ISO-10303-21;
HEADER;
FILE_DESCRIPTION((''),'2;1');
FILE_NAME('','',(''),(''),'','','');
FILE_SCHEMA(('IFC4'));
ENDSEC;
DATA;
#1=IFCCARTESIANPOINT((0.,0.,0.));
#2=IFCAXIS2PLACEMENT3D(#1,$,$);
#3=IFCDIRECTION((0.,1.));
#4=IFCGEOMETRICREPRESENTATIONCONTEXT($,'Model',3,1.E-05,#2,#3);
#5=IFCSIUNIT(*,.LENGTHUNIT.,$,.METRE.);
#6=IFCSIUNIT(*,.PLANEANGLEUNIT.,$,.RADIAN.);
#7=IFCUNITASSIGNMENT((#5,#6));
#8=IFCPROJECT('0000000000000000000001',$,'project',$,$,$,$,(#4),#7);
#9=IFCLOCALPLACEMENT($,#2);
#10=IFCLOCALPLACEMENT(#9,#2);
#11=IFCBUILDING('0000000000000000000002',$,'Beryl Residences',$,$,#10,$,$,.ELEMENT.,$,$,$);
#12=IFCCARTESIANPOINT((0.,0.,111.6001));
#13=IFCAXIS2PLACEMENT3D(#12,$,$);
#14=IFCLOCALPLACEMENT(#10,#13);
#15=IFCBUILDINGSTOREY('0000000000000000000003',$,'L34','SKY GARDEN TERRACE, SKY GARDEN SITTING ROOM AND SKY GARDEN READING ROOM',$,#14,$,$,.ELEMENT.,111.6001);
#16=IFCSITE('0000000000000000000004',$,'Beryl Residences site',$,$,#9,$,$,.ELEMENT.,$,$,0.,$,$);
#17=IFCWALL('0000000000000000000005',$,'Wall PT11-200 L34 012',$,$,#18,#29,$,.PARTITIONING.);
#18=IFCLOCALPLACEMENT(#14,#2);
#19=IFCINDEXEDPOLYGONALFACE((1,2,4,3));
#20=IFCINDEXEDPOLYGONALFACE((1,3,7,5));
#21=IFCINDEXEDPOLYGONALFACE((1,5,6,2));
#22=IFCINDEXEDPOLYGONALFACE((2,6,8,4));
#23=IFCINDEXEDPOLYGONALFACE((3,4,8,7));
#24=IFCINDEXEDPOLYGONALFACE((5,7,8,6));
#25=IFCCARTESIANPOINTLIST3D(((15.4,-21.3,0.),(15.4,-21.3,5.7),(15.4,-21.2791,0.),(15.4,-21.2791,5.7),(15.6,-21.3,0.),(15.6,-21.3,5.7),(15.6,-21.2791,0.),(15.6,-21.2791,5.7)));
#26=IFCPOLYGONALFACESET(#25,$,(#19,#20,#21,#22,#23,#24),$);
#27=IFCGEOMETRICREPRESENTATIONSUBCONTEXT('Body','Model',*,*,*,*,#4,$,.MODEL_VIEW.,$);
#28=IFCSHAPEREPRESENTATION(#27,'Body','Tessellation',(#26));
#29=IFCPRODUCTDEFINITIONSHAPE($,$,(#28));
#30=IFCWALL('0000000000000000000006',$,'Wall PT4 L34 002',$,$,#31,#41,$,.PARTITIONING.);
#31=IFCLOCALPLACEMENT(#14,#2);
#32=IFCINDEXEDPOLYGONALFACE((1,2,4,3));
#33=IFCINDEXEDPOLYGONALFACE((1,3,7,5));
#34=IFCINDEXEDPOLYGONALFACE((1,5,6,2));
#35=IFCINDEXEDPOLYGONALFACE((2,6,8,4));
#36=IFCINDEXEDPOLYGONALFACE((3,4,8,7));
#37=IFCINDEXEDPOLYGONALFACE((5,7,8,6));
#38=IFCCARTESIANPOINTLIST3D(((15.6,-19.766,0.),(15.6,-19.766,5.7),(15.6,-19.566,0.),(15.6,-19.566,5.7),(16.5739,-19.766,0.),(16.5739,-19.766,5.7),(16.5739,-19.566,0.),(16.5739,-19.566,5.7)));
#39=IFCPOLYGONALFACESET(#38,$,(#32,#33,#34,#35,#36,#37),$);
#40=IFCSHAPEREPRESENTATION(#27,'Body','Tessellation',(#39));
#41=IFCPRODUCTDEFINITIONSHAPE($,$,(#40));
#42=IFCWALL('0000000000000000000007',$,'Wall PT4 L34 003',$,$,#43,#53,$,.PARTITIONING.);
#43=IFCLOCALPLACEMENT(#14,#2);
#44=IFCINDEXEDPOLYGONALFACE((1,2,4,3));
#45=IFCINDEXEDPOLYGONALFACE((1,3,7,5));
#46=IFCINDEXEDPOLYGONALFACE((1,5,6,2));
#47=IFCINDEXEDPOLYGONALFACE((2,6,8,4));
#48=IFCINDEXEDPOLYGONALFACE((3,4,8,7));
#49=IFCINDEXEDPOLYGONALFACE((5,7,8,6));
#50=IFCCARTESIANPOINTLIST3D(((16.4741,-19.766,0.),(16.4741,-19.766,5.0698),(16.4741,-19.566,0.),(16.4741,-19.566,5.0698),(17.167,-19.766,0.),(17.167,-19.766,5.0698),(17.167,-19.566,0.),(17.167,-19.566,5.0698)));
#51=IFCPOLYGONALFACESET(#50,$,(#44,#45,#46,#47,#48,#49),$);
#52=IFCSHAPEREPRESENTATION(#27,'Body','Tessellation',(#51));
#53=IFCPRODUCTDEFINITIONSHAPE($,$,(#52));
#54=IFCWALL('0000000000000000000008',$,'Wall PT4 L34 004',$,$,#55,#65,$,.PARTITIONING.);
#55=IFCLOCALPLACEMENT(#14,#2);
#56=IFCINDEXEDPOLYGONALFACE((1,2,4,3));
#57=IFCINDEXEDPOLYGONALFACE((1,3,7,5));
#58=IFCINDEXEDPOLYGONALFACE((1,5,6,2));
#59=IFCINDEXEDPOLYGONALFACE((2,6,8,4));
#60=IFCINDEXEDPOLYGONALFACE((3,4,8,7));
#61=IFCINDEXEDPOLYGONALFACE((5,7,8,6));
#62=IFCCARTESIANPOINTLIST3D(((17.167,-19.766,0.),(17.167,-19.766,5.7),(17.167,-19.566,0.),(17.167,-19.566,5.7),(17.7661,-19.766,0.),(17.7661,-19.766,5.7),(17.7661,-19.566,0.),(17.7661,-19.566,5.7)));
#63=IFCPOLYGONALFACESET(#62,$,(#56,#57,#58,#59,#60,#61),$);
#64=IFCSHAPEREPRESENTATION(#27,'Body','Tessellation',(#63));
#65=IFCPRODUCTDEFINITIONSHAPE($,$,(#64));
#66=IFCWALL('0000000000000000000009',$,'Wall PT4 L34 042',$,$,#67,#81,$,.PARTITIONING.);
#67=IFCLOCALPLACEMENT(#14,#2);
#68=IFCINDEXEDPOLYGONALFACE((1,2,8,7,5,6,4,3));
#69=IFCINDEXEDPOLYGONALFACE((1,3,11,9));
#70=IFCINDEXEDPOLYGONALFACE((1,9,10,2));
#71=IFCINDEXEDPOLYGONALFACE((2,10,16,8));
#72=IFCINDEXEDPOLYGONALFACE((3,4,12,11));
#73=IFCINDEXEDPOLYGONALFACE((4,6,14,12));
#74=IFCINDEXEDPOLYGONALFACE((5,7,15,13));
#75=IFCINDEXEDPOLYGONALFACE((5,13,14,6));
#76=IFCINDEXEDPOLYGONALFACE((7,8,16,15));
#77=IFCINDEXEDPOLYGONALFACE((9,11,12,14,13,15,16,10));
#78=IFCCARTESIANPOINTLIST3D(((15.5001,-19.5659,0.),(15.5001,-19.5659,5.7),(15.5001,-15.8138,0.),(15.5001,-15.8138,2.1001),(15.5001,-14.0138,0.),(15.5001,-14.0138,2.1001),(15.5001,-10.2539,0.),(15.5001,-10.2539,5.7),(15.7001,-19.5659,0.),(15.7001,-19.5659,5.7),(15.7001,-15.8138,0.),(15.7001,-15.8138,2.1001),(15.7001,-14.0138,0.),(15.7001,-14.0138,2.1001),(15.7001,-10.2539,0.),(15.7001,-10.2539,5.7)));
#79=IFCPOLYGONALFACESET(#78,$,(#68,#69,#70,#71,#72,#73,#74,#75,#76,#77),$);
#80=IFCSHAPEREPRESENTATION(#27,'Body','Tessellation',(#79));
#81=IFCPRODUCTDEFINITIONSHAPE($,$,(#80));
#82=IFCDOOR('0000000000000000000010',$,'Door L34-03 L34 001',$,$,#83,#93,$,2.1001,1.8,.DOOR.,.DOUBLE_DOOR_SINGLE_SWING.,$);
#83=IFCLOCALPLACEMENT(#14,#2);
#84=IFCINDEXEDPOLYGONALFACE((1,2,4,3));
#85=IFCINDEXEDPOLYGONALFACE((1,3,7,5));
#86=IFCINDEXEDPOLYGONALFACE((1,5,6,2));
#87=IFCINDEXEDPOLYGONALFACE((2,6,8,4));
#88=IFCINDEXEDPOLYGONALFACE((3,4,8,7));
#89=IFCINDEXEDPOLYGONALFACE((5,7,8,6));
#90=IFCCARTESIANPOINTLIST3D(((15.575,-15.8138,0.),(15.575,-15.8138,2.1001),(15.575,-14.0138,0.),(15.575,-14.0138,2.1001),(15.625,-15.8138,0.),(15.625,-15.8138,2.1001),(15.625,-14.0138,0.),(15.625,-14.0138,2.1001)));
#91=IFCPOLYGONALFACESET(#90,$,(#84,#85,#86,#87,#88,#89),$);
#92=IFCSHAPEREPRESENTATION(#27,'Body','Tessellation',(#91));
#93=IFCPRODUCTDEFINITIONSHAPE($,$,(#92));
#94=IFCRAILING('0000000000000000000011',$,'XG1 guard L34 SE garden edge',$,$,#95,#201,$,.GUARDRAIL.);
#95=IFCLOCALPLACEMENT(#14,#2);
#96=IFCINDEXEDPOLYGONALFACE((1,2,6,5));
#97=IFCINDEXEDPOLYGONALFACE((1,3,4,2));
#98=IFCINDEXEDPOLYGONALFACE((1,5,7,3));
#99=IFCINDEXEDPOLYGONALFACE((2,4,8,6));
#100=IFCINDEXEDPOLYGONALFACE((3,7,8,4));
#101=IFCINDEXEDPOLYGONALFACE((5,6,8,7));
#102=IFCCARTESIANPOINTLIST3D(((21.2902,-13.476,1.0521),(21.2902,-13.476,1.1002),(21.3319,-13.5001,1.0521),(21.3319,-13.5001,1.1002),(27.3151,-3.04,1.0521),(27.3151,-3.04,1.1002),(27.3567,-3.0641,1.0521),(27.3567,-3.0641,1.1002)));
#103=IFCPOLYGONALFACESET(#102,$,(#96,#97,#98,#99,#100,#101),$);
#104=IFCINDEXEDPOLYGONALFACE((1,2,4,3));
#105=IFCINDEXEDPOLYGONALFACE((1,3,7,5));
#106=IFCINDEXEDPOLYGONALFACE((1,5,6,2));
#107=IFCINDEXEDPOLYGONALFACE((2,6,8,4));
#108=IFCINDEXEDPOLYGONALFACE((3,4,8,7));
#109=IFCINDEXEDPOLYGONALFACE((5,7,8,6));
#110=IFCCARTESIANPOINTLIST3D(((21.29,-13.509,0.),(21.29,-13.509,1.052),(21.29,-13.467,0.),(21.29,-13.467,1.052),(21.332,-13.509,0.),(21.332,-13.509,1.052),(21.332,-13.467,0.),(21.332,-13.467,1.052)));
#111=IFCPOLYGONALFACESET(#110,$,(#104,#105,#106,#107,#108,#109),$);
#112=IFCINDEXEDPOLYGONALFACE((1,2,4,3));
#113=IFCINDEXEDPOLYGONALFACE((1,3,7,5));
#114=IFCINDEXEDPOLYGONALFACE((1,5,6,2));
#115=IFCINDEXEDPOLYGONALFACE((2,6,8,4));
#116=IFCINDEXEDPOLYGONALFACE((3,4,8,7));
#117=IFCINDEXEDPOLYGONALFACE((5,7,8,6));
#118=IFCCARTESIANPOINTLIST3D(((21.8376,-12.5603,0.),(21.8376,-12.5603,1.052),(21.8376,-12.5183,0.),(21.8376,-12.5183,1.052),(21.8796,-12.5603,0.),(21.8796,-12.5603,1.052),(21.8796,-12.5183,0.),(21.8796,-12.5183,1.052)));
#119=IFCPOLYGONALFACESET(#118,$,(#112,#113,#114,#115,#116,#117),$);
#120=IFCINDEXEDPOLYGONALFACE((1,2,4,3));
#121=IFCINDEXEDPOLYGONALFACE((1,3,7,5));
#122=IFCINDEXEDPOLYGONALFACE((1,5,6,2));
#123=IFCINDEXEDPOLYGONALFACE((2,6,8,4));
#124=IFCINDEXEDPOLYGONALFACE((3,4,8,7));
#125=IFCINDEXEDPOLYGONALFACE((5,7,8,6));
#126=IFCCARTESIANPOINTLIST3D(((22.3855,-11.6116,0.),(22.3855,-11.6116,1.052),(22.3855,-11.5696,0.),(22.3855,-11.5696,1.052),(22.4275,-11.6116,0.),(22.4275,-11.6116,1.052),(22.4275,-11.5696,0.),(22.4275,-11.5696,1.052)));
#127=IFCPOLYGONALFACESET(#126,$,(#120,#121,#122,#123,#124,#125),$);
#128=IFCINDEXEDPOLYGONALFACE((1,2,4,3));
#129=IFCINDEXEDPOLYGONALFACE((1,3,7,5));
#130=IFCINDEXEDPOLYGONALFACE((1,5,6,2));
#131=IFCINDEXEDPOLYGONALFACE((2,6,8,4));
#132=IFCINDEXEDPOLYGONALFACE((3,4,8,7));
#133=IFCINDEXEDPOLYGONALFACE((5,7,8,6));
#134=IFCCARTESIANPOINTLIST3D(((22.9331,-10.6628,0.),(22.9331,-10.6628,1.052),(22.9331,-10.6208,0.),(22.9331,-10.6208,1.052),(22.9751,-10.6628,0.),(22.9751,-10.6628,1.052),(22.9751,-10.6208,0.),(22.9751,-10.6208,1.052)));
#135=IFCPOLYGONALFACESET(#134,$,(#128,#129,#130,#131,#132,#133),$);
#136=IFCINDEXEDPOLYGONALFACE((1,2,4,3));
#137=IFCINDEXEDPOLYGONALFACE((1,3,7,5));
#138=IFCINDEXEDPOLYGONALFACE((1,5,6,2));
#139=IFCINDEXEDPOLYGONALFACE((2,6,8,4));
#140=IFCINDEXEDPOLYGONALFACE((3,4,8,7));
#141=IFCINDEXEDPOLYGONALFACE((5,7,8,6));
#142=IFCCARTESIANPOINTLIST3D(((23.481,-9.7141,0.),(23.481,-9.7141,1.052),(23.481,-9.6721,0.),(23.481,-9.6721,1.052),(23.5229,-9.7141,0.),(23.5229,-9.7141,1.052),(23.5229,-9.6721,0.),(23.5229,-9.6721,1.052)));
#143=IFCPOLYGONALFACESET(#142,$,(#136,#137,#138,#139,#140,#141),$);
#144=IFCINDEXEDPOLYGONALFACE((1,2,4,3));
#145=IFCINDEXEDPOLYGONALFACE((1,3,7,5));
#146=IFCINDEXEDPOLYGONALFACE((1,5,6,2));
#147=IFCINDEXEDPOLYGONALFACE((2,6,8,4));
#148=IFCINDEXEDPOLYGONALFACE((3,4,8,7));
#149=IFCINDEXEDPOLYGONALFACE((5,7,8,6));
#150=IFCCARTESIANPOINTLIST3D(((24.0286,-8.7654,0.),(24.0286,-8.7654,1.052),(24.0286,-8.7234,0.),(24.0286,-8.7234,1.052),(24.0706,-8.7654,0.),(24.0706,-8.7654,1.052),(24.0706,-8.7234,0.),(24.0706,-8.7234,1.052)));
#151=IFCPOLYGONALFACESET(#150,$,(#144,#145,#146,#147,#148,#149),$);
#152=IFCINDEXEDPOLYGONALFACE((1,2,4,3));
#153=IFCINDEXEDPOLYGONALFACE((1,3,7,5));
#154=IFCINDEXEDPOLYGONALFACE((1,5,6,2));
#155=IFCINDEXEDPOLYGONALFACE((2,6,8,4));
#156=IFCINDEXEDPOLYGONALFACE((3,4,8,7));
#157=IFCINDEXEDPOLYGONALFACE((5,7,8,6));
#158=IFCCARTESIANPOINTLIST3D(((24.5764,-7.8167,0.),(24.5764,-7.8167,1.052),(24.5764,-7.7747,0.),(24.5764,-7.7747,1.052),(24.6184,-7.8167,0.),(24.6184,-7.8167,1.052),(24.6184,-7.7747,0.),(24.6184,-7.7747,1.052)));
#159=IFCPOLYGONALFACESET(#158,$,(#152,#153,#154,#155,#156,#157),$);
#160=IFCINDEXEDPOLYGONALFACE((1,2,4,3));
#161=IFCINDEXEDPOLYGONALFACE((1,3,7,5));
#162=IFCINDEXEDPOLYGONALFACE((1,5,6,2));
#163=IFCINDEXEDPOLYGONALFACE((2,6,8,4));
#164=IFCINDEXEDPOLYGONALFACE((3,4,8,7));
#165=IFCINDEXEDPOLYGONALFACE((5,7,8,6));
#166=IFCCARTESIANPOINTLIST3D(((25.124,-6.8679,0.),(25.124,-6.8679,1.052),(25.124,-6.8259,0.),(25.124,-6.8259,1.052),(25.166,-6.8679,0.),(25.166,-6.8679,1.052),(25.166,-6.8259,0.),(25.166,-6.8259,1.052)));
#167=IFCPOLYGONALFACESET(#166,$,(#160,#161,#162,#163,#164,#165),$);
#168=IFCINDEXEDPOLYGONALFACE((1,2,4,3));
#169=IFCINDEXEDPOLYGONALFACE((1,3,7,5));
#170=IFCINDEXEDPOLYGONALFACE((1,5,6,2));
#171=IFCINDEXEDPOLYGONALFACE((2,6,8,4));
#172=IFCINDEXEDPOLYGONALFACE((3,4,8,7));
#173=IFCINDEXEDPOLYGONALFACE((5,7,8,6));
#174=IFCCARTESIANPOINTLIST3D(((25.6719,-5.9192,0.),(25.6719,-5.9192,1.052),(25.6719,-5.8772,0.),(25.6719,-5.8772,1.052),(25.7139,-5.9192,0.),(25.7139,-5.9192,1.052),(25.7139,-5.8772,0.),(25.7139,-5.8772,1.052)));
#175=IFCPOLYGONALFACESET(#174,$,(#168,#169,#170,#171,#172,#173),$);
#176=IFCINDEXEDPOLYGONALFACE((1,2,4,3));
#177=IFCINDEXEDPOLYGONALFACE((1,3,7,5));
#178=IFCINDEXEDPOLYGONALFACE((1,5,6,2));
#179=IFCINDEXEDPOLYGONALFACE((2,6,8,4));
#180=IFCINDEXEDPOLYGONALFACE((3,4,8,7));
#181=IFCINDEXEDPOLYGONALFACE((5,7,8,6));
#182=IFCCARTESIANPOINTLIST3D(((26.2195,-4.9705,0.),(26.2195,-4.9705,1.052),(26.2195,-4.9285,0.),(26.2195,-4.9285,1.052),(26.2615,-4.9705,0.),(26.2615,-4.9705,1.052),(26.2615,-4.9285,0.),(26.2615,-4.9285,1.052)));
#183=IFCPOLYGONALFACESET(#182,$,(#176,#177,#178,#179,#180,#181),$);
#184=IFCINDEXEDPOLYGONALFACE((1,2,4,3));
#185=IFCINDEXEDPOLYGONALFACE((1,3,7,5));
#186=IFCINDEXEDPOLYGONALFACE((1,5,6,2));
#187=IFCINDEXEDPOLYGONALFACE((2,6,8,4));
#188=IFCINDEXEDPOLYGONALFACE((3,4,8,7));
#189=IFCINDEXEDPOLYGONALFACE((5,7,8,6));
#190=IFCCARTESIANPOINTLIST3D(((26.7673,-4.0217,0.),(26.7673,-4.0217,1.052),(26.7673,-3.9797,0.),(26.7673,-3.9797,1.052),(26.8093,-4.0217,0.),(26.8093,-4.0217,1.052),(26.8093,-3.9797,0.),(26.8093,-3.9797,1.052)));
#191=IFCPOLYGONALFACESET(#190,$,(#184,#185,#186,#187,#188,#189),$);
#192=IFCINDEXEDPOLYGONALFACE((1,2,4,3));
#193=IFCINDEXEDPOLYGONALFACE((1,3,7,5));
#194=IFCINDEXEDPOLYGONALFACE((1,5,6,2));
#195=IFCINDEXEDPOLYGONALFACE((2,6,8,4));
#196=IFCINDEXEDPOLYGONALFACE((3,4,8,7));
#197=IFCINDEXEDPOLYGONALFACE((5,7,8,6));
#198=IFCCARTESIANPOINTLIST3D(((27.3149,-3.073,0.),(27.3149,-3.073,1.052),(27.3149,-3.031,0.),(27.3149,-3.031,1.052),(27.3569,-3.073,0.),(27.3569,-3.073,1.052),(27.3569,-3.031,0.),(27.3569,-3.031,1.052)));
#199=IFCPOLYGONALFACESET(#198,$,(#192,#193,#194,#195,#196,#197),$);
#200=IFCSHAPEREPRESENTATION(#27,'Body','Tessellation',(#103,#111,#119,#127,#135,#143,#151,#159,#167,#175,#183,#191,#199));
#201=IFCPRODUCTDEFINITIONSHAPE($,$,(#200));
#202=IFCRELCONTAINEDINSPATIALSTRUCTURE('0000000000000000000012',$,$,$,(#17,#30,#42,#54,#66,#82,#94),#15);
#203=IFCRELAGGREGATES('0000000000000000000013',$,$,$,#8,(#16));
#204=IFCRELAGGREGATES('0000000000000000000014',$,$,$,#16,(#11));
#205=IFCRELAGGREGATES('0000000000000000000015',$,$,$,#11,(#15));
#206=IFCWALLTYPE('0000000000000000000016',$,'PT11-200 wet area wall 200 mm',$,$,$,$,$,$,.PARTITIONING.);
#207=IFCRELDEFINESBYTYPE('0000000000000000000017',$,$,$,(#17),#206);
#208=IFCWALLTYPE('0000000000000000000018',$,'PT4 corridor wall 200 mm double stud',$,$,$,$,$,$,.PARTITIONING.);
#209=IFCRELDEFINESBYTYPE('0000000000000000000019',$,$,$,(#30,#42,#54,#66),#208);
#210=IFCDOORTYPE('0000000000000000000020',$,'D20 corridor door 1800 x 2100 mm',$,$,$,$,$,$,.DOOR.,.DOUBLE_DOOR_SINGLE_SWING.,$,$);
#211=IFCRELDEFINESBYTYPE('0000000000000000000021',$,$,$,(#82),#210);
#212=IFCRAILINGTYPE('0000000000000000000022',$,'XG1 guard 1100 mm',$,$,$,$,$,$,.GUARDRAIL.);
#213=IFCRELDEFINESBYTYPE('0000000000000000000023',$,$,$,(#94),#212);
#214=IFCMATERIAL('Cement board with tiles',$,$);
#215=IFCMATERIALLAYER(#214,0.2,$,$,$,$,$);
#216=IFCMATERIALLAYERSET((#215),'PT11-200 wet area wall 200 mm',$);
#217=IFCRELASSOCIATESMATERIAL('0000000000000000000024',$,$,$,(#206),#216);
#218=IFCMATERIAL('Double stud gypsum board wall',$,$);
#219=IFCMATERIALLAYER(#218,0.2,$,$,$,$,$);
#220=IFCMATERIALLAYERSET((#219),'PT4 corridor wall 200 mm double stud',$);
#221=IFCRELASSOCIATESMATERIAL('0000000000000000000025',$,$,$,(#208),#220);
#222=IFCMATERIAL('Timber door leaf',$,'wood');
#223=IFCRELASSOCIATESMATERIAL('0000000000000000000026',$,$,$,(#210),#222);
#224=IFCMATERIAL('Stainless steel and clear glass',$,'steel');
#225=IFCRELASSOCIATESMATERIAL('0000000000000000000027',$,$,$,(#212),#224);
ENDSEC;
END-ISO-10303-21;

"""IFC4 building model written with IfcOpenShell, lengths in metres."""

from ifc_helpers import new_model, si_unit, direction, frame, frame_2d, origin, origin_2d, place, context, subcontext, project, spatial, rectangle, extrude, material, layer, layer_set, type_object, element, fill, save


model = new_model("IFC4")

# Units and contexts
model_context = context("Model", 3, precision=1e-05, world=origin(), true_north=direction((0.0, 1.0)))
body_context = subcontext(model_context, "Body", "Model", "MODEL_VIEW")
ifc_project = project(units=[si_unit("LENGTHUNIT", "METRE"), si_unit("PLANEANGLEUNIT", "RADIAN")], contexts=[model_context])

# Site, building, storey
site_placement = place(None, origin())
site = spatial("IfcSite", under=ifc_project, at=site_placement, Name="Beryl Residences site", CompositionType="ELEMENT", RefElevation=0.0)
building_placement = place(site_placement, origin())
building = spatial("IfcBuilding", under=site, at=building_placement, Name="Beryl Residences", CompositionType="ELEMENT")
storey_placement = place(building_placement, frame((0.0, 0.0, 111.6001)))
storey = spatial("IfcBuildingStorey", under=building, at=storey_placement, Name="L34", Description="SKY GARDEN TERRACE, SKY GARDEN SITTING ROOM AND SKY GARDEN READING ROOM", CompositionType="ELEMENT", Elevation=111.6001)

# Walls
ifc_material_1 = material(Name="Cement board with tiles")
ifc_layer_1 = layer(ifc_material_1, 0.2)
ifc_layer_set_1 = layer_set([ifc_layer_1], Name="PT11-200 wet area wall 200 mm")
wall_type_1 = type_object("IfcWallType", Name="PT11-200 wet area wall 200 mm", PredefinedType="PARTITIONING", material=ifc_layer_set_1)
wall_1_placement = place(storey_placement, frame((15.5, -21.2791, 0.0), z_axis=(0.0, 0.0, 1.0), x_axis=(0.0, -1.0, 0.0)))
element("IfcWall", 1, at=wall_1_placement, inside=storey, type_object=wall_type_1, Name="Wall PT11-200 L34 012", PredefinedType="PARTITIONING", context=body_context, shape_type="SweptSolid", body=[
    extrude(rectangle(XDim=0.021, YDim=0.2, at=frame_2d((0.0105, 0.0))), origin(), (0.0, 0.0, 1.0), 5.7),
])
ifc_material_2 = material(Name="Double stud gypsum board wall")
ifc_layer_2 = layer(ifc_material_2, 0.2)
ifc_layer_set_2 = layer_set([ifc_layer_2], Name="PT4 corridor wall 200 mm double stud")
wall_type_2 = type_object("IfcWallType", Name="PT4 corridor wall 200 mm double stud", PredefinedType="PARTITIONING", material=ifc_layer_set_2)
wall_2_placement = place(storey_placement, frame((15.6001, -19.666, 0.0), z_axis=(0.0, 0.0, 1.0), x_axis=(1.0, 0.0, 0.0)))
element("IfcWall", 2, at=wall_2_placement, inside=storey, type_object=wall_type_2, Name="Wall PT4 L34 002", PredefinedType="PARTITIONING", context=body_context, shape_type="SweptSolid", body=[
    extrude(rectangle(XDim=0.9739, YDim=0.2, at=frame_2d((0.4868, 0.0))), origin(), (0.0, 0.0, 1.0), 5.7),
])
wall_3_placement = place(storey_placement, frame((16.4741, -19.666, 0.0), z_axis=(0.0, 0.0, 1.0), x_axis=(1.0, 0.0, 0.0)))
element("IfcWall", 3, at=wall_3_placement, inside=storey, type_object=wall_type_2, Name="Wall PT4 L34 003", PredefinedType="PARTITIONING", context=body_context, shape_type="SweptSolid", body=[
    extrude(rectangle(XDim=0.6929, YDim=0.2, at=frame_2d((0.3464, 0.0))), origin(), (0.0, 0.0, 1.0), 5.0698),
])
wall_4_placement = place(storey_placement, frame((17.167, -19.666, 0.0), z_axis=(0.0, 0.0, 1.0), x_axis=(1.0, 0.0, 0.0)))
element("IfcWall", 4, at=wall_4_placement, inside=storey, type_object=wall_type_2, Name="Wall PT4 L34 004", PredefinedType="PARTITIONING", context=body_context, shape_type="SweptSolid", body=[
    extrude(rectangle(XDim=0.5991, YDim=0.2, at=frame_2d((0.2996, 0.0))), origin(), (0.0, 0.0, 1.0), 5.7),
])

# Wall, opening, door
wall_5_placement = place(storey_placement, frame((15.6001, -19.5659, 0.0), z_axis=(0.0, 0.0, 1.0), x_axis=(0.0, 1.0, 0.0)))
wall_5 = element("IfcWall", 5, at=wall_5_placement, inside=storey, type_object=wall_type_2, Name="Wall PT4 L34 042", PredefinedType="PARTITIONING", context=body_context, shape_type="SweptSolid", body=[
    extrude(rectangle(XDim=9.312, YDim=0.2, at=frame_2d((4.656, 0.0))), origin(), (0.0, 0.0, 1.0), 5.7),
])
opening_placement = place(wall_5_placement, frame((5.552, 0.0, 0.0), z_axis=(0.0, 0.0, 1.0), x_axis=(-1.0, 0.0, 0.0)))
opening = element("IfcOpeningElement", 6, at=opening_placement, cuts=wall_5, PredefinedType="OPENING", context=body_context, shape_type="SweptSolid", body=[
    extrude(rectangle(XDim=1.8, YDim=2.1001, at=frame_2d((0.8999, 1.05))), frame((0.0, 0.1099, 0.0), z_axis=(0.0, -1.0, 0.0), x_axis=(1.0, 0.0, 0.0)), (0.0, 0.0, 1.0), 0.22),
])
ifc_material_3 = material(Name="Timber door leaf", Category="wood")
door_type = type_object("IfcDoorType", Name="D20 corridor door 1800 x 2100 mm", OperationType="DOUBLE_DOOR_SINGLE_SWING", PredefinedType="DOOR", material=ifc_material_3)
door_placement = place(opening_placement, origin())
door = element("IfcDoor", 7, at=door_placement, inside=storey, type_object=door_type, Name="Door L34-03 L34 001", OperationType="DOUBLE_DOOR_SINGLE_SWING", OverallHeight=2.1001, OverallWidth=1.8, PredefinedType="DOOR", context=body_context, shape_type="SweptSolid", body=[
    extrude(rectangle(XDim=1.8, YDim=2.1001, at=frame_2d((0.8999, 1.05))), frame((0.0, 0.0249, 0.0), z_axis=(0.0, -1.0, 0.0), x_axis=(1.0, 0.0, 0.0)), (0.0, 0.0, 1.0), 0.05),
])
fill(opening, door)

# Railing
ifc_material_4 = material(Name="Stainless steel and clear glass", Category="steel")
railing_type = type_object("IfcRailingType", Name="XG1 guard 1100 mm", PredefinedType="GUARDRAIL", material=ifc_material_4)
railing_placement = place(storey_placement, frame((21.311, -13.488, 0.0)))
element("IfcRailing", 8, at=railing_placement, inside=storey, type_object=railing_type, Name="XG1 guard L34 SE garden edge", PredefinedType="GUARDRAIL", context=body_context, shape_type="SweptSolid", body=[
    extrude(rectangle(XDim=0.0481, YDim=0.0481, at=origin_2d()), frame((0.0, 0.0, 1.0762), z_axis=(0.499979, 0.866038, 0.0), x_axis=(-0.866038, 0.499979, 0.0)), (0.0, 0.0, 1.0), 12.0503),
    extrude(rectangle(XDim=0.042, YDim=0.042, at=origin_2d()), origin(), (0.0, 0.0, 1.0), 1.052),
    extrude(rectangle(XDim=0.042, YDim=0.042, at=origin_2d()), frame((0.5476, 0.9487, 0.0)), (0.0, 0.0, 1.0), 1.052),
    extrude(rectangle(XDim=0.042, YDim=0.042, at=origin_2d()), frame((1.0955, 1.8975, 0.0)), (0.0, 0.0, 1.0), 1.052),
    extrude(rectangle(XDim=0.042, YDim=0.042, at=origin_2d()), frame((1.6431, 2.8462, 0.0)), (0.0, 0.0, 1.0), 1.052),
    extrude(rectangle(XDim=0.042, YDim=0.042, at=origin_2d()), frame((2.1909, 3.7949, 0.0)), (0.0, 0.0, 1.0), 1.052),
    extrude(rectangle(XDim=0.042, YDim=0.042, at=origin_2d()), frame((2.7385, 4.7437, 0.0)), (0.0, 0.0, 1.0), 1.052),
    extrude(rectangle(XDim=0.042, YDim=0.042, at=origin_2d()), frame((3.2864, 5.6924, 0.0)), (0.0, 0.0, 1.0), 1.052),
    extrude(rectangle(XDim=0.042, YDim=0.042, at=origin_2d()), frame((3.834, 6.6411, 0.0)), (0.0, 0.0, 1.0), 1.052),
    extrude(rectangle(XDim=0.042, YDim=0.042, at=origin_2d()), frame((4.3818, 7.5898, 0.0)), (0.0, 0.0, 1.0), 1.052),
    extrude(rectangle(XDim=0.042, YDim=0.042, at=origin_2d()), frame((4.9294, 8.5386, 0.0)), (0.0, 0.0, 1.0), 1.052),
    extrude(rectangle(XDim=0.042, YDim=0.042, at=origin_2d()), frame((5.4773, 9.4873, 0.0)), (0.0, 0.0, 1.0), 1.052),
    extrude(rectangle(XDim=0.042, YDim=0.042, at=origin_2d()), frame((6.0249, 10.436, 0.0)), (0.0, 0.0, 1.0), 1.052),
])

save(model, "model.ifc")
